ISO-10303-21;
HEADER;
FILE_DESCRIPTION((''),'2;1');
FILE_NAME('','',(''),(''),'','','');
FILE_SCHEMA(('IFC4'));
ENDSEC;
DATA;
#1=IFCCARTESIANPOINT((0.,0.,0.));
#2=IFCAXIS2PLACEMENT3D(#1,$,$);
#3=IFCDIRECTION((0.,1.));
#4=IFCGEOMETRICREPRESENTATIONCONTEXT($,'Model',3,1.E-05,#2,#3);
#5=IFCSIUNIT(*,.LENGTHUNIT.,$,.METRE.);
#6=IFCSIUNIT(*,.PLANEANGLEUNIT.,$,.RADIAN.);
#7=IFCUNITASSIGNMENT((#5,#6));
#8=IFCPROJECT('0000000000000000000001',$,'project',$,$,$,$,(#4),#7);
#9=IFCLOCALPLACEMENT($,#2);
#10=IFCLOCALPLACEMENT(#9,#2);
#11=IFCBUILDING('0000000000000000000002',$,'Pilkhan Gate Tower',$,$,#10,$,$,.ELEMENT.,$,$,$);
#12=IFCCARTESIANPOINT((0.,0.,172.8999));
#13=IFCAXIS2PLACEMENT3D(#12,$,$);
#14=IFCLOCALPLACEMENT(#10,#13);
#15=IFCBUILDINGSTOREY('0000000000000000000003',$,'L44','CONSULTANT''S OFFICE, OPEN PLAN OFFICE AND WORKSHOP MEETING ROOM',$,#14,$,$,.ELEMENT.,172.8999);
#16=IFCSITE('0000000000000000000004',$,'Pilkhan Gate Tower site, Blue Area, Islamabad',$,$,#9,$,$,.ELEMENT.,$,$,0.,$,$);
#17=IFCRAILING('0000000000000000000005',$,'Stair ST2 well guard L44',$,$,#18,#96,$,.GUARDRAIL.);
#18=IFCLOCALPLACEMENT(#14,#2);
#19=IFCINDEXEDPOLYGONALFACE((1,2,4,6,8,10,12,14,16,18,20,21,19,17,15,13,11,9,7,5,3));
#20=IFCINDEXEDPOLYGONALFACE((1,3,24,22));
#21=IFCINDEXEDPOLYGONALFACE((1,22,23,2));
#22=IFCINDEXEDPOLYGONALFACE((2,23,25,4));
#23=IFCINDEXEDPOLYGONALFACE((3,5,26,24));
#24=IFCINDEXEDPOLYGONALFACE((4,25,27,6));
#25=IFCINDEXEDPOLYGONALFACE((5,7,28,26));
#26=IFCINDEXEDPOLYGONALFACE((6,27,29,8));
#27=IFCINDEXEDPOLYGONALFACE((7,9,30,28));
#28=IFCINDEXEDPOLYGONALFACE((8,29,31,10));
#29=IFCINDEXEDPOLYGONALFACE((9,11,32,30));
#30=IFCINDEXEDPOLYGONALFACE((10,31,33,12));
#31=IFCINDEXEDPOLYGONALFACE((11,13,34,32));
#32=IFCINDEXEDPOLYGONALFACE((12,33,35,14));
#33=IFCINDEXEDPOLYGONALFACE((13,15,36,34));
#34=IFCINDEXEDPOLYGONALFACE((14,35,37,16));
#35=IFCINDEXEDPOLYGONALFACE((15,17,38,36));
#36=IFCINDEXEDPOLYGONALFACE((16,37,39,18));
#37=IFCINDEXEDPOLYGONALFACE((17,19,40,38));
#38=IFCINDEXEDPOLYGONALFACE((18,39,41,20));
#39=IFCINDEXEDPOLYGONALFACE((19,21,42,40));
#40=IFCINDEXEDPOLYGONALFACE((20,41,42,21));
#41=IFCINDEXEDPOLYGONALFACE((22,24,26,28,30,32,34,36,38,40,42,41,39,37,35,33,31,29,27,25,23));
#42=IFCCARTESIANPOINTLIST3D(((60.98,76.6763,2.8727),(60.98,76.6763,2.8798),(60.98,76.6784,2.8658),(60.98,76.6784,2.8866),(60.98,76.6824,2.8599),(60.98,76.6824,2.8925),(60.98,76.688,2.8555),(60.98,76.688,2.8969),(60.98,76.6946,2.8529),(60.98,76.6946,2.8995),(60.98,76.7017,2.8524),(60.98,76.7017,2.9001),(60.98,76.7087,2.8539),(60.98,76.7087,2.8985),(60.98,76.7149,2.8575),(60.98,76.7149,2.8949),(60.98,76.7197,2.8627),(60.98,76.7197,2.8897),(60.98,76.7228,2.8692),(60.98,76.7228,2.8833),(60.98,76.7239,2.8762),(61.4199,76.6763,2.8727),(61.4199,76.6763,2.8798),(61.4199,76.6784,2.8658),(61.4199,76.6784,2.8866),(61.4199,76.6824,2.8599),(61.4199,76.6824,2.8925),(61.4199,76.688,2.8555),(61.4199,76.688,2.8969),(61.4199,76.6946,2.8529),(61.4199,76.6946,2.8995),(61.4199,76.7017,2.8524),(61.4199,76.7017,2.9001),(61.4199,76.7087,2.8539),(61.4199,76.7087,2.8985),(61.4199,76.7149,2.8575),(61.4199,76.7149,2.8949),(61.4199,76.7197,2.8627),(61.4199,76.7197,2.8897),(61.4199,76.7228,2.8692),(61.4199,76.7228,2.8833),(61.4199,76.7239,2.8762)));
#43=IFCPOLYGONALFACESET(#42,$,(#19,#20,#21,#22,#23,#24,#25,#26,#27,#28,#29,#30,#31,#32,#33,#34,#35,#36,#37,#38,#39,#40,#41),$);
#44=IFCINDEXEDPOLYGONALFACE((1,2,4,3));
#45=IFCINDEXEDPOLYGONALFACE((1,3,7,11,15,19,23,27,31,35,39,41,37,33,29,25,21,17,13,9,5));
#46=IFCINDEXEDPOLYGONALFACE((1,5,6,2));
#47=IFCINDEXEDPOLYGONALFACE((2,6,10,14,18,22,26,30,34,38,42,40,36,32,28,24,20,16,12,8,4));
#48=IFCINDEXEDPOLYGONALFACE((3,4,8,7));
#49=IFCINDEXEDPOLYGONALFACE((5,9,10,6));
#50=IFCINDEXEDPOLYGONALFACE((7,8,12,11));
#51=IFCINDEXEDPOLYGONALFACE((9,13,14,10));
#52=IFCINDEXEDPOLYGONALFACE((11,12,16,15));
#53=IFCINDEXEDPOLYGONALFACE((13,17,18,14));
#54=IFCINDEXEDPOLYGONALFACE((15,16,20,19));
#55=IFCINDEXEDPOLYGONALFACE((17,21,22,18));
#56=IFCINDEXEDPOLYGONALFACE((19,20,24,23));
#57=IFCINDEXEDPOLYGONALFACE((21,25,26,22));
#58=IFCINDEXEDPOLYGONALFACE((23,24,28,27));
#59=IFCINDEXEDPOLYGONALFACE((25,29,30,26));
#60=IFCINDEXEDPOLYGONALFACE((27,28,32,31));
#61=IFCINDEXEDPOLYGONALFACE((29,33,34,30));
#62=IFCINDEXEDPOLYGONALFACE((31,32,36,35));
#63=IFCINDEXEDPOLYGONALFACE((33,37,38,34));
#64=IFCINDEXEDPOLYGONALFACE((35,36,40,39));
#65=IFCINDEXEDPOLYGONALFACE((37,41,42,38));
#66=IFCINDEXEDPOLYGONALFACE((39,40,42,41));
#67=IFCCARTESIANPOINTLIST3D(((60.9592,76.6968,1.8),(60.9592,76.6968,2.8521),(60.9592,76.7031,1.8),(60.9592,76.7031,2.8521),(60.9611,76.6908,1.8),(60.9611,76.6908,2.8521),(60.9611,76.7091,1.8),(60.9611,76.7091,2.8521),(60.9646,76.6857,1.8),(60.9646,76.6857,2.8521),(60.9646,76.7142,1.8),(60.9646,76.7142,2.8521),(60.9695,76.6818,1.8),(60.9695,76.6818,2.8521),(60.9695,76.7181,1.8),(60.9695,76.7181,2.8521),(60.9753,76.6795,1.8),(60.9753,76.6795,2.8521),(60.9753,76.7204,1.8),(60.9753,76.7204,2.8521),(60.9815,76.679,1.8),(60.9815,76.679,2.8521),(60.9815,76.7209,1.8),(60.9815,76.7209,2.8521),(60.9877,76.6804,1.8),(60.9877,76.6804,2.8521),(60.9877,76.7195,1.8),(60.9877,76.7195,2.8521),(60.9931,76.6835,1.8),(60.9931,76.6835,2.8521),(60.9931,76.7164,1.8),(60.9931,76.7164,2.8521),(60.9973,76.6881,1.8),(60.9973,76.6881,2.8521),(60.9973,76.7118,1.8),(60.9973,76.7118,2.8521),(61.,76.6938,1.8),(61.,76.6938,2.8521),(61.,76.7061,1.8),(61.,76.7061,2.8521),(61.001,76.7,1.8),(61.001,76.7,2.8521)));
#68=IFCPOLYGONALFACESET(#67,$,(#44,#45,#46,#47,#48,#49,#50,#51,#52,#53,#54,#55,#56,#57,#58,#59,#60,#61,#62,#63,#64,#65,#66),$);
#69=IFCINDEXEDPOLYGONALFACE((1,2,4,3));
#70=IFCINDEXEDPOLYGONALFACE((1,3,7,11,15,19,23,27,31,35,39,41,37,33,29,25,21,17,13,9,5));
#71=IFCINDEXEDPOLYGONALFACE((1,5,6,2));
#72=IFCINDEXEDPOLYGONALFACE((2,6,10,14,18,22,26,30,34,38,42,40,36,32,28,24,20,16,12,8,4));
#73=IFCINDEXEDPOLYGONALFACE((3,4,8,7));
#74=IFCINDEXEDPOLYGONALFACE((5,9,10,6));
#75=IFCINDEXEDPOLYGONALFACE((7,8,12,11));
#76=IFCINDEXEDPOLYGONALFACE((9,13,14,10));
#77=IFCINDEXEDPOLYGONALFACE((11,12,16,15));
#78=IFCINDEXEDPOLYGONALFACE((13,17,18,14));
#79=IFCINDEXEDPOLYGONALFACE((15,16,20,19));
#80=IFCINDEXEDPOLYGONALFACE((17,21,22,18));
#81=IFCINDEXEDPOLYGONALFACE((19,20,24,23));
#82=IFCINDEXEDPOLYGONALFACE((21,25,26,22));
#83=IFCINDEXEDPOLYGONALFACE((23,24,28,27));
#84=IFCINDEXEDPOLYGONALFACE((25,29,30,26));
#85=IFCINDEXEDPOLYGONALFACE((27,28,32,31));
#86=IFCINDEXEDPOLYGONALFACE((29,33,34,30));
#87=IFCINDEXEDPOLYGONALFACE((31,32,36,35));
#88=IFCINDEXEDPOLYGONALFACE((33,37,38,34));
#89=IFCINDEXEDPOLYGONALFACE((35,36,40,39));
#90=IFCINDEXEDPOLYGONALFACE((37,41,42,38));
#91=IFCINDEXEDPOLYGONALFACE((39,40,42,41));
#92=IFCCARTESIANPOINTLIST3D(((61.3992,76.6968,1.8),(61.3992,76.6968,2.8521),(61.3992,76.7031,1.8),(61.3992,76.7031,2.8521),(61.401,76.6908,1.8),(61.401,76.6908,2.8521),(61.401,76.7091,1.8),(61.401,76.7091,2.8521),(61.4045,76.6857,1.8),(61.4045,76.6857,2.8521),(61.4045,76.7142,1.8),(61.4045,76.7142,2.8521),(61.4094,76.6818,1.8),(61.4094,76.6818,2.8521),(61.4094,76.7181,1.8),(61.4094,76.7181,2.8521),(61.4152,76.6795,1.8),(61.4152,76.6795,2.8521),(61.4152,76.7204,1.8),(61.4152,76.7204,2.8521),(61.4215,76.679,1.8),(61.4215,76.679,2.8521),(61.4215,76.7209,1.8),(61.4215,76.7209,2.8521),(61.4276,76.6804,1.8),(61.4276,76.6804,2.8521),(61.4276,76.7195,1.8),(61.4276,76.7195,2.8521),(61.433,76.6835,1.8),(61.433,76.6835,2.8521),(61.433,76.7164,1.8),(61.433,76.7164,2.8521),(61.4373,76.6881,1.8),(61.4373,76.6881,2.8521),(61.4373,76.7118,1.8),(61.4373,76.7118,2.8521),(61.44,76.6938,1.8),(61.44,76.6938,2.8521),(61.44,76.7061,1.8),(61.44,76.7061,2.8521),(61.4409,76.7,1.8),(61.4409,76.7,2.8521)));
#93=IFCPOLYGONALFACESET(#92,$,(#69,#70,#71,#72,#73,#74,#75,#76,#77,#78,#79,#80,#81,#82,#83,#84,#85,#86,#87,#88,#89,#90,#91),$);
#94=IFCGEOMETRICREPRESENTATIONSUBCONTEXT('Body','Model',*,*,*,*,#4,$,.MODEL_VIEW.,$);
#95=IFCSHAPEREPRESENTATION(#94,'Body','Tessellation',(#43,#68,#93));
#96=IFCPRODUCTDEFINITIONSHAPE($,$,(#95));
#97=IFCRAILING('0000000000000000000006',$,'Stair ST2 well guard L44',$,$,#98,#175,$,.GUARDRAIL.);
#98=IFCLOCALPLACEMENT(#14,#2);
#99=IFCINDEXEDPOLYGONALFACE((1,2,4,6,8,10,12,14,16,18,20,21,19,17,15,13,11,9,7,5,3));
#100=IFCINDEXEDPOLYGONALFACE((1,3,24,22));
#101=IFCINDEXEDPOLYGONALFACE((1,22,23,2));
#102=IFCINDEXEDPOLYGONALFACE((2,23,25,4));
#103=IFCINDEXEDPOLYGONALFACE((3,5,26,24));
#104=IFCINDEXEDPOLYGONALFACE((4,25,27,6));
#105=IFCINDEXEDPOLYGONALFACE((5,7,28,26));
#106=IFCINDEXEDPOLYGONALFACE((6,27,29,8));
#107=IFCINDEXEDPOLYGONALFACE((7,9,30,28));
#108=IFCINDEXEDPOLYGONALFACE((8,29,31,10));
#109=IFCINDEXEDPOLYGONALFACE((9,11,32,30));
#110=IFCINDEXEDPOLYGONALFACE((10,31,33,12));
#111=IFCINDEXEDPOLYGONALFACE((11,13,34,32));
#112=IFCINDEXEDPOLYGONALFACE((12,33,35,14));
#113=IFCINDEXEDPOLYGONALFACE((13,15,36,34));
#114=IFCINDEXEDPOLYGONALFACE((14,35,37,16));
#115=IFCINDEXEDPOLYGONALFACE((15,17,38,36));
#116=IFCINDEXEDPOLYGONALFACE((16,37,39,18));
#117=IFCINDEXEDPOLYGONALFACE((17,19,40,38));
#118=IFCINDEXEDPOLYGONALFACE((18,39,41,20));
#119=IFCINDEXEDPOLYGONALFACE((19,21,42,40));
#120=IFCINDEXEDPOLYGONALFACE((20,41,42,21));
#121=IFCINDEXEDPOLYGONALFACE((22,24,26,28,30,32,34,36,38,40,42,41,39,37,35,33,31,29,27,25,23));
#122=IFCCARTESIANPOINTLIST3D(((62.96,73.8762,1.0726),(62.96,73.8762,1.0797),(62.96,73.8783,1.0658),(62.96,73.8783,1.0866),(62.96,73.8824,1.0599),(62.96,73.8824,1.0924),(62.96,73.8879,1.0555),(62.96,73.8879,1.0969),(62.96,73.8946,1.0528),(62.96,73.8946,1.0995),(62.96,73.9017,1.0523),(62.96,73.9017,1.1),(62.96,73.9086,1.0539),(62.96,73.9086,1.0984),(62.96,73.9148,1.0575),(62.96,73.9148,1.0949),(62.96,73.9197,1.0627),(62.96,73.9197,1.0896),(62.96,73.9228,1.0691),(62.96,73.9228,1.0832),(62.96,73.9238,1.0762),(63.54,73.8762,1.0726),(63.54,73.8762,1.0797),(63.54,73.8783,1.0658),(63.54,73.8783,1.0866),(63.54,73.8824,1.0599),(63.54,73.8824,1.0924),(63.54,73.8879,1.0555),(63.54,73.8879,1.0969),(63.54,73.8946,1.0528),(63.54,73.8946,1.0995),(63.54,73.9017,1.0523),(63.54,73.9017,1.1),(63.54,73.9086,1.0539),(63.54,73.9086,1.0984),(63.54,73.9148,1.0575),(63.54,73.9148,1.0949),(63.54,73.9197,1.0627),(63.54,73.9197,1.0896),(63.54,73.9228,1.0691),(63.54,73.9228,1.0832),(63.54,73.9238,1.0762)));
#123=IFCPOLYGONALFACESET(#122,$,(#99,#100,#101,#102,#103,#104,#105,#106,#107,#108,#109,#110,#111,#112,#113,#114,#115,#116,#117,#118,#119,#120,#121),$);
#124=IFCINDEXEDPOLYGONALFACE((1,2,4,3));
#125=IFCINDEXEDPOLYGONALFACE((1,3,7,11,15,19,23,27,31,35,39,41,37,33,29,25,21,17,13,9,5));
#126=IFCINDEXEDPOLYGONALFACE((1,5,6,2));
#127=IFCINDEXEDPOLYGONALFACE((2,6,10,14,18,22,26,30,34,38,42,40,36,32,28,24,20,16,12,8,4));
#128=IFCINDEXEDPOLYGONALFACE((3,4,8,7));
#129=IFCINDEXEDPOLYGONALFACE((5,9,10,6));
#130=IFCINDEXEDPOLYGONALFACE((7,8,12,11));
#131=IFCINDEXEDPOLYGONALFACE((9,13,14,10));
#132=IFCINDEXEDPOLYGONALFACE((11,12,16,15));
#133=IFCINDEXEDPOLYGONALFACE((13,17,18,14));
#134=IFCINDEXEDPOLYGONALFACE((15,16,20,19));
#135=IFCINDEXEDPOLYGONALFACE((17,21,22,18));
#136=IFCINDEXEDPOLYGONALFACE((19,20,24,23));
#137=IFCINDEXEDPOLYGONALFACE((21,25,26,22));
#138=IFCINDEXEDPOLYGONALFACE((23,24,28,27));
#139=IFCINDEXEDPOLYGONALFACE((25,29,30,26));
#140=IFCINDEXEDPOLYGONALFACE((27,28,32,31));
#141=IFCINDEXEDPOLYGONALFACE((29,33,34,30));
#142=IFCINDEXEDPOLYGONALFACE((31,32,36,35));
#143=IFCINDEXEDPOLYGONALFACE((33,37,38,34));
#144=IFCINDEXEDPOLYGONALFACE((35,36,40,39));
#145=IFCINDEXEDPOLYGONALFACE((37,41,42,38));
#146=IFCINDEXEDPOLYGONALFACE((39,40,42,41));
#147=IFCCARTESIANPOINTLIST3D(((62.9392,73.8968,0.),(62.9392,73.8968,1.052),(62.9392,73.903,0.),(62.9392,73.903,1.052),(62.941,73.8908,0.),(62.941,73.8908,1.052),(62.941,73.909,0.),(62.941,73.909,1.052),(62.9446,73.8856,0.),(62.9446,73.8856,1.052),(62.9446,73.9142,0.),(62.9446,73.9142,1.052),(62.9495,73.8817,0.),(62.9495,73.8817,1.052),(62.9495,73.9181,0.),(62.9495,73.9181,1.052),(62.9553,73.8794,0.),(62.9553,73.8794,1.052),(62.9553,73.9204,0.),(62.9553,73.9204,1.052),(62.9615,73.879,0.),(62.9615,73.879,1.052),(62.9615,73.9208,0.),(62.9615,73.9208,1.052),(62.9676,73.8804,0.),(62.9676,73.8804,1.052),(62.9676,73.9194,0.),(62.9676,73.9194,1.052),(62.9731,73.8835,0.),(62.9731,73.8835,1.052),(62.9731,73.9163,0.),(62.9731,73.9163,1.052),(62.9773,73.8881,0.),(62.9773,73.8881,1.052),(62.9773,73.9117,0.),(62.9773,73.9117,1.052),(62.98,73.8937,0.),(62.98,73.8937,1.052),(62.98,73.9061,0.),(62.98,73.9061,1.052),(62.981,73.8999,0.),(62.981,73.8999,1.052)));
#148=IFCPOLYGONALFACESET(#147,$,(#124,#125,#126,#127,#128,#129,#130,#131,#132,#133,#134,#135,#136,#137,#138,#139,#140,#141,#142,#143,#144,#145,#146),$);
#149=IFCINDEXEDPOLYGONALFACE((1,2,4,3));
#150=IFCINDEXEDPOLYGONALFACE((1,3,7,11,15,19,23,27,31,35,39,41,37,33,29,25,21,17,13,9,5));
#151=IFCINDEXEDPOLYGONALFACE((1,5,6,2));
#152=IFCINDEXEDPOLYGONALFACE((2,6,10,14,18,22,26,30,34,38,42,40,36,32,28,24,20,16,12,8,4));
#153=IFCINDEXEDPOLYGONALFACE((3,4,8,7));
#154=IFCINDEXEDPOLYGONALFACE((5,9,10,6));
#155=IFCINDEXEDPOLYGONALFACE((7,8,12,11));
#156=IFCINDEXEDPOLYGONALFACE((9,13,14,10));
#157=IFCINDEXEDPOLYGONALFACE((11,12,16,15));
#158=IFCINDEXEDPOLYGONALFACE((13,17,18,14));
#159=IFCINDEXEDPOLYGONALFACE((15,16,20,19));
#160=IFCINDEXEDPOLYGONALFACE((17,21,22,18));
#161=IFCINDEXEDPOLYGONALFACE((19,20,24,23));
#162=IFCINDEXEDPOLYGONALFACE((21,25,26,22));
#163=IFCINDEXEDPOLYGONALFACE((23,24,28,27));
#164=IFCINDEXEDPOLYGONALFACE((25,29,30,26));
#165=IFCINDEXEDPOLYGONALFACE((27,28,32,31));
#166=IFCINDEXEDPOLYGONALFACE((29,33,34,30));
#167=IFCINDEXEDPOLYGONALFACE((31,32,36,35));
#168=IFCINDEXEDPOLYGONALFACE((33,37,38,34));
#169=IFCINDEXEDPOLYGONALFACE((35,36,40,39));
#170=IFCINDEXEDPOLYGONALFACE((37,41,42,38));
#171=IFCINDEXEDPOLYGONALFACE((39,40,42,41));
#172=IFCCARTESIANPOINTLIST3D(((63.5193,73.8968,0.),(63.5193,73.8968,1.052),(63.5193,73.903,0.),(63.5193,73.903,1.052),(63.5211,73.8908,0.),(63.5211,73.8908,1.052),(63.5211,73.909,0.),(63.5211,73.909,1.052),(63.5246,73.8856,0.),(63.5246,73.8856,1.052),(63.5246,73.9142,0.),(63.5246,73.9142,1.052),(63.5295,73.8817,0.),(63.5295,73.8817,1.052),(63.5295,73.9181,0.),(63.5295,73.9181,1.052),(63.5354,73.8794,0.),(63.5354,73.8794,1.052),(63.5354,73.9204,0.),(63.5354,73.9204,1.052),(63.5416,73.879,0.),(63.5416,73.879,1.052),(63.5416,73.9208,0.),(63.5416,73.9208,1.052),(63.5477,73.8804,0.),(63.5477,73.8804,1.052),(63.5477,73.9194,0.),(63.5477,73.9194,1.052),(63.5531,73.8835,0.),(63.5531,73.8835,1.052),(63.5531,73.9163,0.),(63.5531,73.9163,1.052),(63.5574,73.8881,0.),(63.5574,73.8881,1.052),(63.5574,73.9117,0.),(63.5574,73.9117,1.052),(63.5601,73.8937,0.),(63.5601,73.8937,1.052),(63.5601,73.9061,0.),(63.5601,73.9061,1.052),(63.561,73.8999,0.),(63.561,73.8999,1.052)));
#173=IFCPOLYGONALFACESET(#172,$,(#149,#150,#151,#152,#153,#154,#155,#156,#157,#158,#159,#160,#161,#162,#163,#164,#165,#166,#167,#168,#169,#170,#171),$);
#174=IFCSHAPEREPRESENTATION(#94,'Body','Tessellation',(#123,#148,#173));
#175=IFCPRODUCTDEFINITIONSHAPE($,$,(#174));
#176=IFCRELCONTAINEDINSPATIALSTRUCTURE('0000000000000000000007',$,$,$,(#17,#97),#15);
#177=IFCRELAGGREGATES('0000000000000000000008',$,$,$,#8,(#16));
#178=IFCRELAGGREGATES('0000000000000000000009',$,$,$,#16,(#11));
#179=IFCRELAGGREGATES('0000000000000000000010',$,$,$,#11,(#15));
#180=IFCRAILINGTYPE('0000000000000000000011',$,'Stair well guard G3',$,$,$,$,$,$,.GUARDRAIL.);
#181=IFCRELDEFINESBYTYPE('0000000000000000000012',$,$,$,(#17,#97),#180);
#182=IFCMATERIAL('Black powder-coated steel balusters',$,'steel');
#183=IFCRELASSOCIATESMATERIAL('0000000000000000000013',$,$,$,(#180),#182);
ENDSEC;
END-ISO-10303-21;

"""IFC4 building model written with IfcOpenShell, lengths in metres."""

from ifc_helpers import new_model, si_unit, direction, frame, origin, origin_2d, place, context, subcontext, project, spatial, circle, extrude, material, type_object, element, save


model = new_model("IFC4")

# Units and contexts
model_context = context("Model", 3, precision=1e-05, world=origin(), true_north=direction((0.0, 1.0)))
body_context = subcontext(model_context, "Body", "Model", "MODEL_VIEW")
ifc_project = project(units=[si_unit("LENGTHUNIT", "METRE"), si_unit("PLANEANGLEUNIT", "RADIAN")], contexts=[model_context])

# Site, building, storey
site_placement = place(None, origin())
site = spatial("IfcSite", under=ifc_project, at=site_placement, Name="Pilkhan Gate Tower site, Blue Area, Islamabad", CompositionType="ELEMENT", RefElevation=0.0)
building_placement = place(site_placement, origin())
building = spatial("IfcBuilding", under=site, at=building_placement, Name="Pilkhan Gate Tower", CompositionType="ELEMENT")
storey_placement = place(building_placement, frame((0.0, 0.0, 172.8999)))
storey = spatial("IfcBuildingStorey", under=building, at=storey_placement, Name="L44", Description="CONSULTANT'S OFFICE, OPEN PLAN OFFICE AND WORKSHOP MEETING ROOM", CompositionType="ELEMENT", Elevation=172.8999)

# Railings
ifc_material_1 = material(Name="Black powder-coated steel balusters", Category="steel")
railing_type_1 = type_object("IfcRailingType", Name="Stair well guard G3", PredefinedType="GUARDRAIL", material=ifc_material_1)
railing_1_placement = place(storey_placement, frame((60.98, 76.7, 1.8)))
element("IfcRailing", 1, at=railing_1_placement, inside=storey, type_object=railing_type_1, Name="Stair ST2 well guard L44", PredefinedType="GUARDRAIL", context=body_context, shape_type="SweptSolid", body=[
    extrude(circle(Radius=0.0239, at=origin_2d()), frame((0.0, 0.0, 1.0762), z_axis=(1.0, 0.0, 0.0), x_axis=(0.0, 1.0, 0.0)), (0.0, 0.0, 1.0), 0.4399),
    extrude(circle(Radius=0.021, at=origin_2d()), origin(), (0.0, 0.0, 1.0), 1.052),
    extrude(circle(Radius=0.021, at=origin_2d()), frame((0.4399, 0.0, 0.0)), (0.0, 0.0, 1.0), 1.052),
])
for number, where, name in (
    (2, (62.96, 73.8999, 0.0), "Stair ST2 well guard L44"),
):
    element("IfcRailing", number, at=place(storey_placement, frame(where)), inside=storey, type_object=railing_type_1, Name=name, PredefinedType="GUARDRAIL", context=body_context, shape_type="SweptSolid", body=[
        extrude(circle(Radius=0.0239, at=origin_2d()), frame((0.0, 0.0, 1.0762), z_axis=(1.0, 0.0, 0.0), x_axis=(0.0, 1.0, 0.0)), (0.0, 0.0, 1.0), 0.5801),
        extrude(circle(Radius=0.021, at=origin_2d()), origin(), (0.0, 0.0, 1.0), 1.052),
        extrude(circle(Radius=0.021, at=origin_2d()), frame((0.5801, 0.0, 0.0)), (0.0, 0.0, 1.0), 1.052),
    ])

save(model, "model.ifc")
